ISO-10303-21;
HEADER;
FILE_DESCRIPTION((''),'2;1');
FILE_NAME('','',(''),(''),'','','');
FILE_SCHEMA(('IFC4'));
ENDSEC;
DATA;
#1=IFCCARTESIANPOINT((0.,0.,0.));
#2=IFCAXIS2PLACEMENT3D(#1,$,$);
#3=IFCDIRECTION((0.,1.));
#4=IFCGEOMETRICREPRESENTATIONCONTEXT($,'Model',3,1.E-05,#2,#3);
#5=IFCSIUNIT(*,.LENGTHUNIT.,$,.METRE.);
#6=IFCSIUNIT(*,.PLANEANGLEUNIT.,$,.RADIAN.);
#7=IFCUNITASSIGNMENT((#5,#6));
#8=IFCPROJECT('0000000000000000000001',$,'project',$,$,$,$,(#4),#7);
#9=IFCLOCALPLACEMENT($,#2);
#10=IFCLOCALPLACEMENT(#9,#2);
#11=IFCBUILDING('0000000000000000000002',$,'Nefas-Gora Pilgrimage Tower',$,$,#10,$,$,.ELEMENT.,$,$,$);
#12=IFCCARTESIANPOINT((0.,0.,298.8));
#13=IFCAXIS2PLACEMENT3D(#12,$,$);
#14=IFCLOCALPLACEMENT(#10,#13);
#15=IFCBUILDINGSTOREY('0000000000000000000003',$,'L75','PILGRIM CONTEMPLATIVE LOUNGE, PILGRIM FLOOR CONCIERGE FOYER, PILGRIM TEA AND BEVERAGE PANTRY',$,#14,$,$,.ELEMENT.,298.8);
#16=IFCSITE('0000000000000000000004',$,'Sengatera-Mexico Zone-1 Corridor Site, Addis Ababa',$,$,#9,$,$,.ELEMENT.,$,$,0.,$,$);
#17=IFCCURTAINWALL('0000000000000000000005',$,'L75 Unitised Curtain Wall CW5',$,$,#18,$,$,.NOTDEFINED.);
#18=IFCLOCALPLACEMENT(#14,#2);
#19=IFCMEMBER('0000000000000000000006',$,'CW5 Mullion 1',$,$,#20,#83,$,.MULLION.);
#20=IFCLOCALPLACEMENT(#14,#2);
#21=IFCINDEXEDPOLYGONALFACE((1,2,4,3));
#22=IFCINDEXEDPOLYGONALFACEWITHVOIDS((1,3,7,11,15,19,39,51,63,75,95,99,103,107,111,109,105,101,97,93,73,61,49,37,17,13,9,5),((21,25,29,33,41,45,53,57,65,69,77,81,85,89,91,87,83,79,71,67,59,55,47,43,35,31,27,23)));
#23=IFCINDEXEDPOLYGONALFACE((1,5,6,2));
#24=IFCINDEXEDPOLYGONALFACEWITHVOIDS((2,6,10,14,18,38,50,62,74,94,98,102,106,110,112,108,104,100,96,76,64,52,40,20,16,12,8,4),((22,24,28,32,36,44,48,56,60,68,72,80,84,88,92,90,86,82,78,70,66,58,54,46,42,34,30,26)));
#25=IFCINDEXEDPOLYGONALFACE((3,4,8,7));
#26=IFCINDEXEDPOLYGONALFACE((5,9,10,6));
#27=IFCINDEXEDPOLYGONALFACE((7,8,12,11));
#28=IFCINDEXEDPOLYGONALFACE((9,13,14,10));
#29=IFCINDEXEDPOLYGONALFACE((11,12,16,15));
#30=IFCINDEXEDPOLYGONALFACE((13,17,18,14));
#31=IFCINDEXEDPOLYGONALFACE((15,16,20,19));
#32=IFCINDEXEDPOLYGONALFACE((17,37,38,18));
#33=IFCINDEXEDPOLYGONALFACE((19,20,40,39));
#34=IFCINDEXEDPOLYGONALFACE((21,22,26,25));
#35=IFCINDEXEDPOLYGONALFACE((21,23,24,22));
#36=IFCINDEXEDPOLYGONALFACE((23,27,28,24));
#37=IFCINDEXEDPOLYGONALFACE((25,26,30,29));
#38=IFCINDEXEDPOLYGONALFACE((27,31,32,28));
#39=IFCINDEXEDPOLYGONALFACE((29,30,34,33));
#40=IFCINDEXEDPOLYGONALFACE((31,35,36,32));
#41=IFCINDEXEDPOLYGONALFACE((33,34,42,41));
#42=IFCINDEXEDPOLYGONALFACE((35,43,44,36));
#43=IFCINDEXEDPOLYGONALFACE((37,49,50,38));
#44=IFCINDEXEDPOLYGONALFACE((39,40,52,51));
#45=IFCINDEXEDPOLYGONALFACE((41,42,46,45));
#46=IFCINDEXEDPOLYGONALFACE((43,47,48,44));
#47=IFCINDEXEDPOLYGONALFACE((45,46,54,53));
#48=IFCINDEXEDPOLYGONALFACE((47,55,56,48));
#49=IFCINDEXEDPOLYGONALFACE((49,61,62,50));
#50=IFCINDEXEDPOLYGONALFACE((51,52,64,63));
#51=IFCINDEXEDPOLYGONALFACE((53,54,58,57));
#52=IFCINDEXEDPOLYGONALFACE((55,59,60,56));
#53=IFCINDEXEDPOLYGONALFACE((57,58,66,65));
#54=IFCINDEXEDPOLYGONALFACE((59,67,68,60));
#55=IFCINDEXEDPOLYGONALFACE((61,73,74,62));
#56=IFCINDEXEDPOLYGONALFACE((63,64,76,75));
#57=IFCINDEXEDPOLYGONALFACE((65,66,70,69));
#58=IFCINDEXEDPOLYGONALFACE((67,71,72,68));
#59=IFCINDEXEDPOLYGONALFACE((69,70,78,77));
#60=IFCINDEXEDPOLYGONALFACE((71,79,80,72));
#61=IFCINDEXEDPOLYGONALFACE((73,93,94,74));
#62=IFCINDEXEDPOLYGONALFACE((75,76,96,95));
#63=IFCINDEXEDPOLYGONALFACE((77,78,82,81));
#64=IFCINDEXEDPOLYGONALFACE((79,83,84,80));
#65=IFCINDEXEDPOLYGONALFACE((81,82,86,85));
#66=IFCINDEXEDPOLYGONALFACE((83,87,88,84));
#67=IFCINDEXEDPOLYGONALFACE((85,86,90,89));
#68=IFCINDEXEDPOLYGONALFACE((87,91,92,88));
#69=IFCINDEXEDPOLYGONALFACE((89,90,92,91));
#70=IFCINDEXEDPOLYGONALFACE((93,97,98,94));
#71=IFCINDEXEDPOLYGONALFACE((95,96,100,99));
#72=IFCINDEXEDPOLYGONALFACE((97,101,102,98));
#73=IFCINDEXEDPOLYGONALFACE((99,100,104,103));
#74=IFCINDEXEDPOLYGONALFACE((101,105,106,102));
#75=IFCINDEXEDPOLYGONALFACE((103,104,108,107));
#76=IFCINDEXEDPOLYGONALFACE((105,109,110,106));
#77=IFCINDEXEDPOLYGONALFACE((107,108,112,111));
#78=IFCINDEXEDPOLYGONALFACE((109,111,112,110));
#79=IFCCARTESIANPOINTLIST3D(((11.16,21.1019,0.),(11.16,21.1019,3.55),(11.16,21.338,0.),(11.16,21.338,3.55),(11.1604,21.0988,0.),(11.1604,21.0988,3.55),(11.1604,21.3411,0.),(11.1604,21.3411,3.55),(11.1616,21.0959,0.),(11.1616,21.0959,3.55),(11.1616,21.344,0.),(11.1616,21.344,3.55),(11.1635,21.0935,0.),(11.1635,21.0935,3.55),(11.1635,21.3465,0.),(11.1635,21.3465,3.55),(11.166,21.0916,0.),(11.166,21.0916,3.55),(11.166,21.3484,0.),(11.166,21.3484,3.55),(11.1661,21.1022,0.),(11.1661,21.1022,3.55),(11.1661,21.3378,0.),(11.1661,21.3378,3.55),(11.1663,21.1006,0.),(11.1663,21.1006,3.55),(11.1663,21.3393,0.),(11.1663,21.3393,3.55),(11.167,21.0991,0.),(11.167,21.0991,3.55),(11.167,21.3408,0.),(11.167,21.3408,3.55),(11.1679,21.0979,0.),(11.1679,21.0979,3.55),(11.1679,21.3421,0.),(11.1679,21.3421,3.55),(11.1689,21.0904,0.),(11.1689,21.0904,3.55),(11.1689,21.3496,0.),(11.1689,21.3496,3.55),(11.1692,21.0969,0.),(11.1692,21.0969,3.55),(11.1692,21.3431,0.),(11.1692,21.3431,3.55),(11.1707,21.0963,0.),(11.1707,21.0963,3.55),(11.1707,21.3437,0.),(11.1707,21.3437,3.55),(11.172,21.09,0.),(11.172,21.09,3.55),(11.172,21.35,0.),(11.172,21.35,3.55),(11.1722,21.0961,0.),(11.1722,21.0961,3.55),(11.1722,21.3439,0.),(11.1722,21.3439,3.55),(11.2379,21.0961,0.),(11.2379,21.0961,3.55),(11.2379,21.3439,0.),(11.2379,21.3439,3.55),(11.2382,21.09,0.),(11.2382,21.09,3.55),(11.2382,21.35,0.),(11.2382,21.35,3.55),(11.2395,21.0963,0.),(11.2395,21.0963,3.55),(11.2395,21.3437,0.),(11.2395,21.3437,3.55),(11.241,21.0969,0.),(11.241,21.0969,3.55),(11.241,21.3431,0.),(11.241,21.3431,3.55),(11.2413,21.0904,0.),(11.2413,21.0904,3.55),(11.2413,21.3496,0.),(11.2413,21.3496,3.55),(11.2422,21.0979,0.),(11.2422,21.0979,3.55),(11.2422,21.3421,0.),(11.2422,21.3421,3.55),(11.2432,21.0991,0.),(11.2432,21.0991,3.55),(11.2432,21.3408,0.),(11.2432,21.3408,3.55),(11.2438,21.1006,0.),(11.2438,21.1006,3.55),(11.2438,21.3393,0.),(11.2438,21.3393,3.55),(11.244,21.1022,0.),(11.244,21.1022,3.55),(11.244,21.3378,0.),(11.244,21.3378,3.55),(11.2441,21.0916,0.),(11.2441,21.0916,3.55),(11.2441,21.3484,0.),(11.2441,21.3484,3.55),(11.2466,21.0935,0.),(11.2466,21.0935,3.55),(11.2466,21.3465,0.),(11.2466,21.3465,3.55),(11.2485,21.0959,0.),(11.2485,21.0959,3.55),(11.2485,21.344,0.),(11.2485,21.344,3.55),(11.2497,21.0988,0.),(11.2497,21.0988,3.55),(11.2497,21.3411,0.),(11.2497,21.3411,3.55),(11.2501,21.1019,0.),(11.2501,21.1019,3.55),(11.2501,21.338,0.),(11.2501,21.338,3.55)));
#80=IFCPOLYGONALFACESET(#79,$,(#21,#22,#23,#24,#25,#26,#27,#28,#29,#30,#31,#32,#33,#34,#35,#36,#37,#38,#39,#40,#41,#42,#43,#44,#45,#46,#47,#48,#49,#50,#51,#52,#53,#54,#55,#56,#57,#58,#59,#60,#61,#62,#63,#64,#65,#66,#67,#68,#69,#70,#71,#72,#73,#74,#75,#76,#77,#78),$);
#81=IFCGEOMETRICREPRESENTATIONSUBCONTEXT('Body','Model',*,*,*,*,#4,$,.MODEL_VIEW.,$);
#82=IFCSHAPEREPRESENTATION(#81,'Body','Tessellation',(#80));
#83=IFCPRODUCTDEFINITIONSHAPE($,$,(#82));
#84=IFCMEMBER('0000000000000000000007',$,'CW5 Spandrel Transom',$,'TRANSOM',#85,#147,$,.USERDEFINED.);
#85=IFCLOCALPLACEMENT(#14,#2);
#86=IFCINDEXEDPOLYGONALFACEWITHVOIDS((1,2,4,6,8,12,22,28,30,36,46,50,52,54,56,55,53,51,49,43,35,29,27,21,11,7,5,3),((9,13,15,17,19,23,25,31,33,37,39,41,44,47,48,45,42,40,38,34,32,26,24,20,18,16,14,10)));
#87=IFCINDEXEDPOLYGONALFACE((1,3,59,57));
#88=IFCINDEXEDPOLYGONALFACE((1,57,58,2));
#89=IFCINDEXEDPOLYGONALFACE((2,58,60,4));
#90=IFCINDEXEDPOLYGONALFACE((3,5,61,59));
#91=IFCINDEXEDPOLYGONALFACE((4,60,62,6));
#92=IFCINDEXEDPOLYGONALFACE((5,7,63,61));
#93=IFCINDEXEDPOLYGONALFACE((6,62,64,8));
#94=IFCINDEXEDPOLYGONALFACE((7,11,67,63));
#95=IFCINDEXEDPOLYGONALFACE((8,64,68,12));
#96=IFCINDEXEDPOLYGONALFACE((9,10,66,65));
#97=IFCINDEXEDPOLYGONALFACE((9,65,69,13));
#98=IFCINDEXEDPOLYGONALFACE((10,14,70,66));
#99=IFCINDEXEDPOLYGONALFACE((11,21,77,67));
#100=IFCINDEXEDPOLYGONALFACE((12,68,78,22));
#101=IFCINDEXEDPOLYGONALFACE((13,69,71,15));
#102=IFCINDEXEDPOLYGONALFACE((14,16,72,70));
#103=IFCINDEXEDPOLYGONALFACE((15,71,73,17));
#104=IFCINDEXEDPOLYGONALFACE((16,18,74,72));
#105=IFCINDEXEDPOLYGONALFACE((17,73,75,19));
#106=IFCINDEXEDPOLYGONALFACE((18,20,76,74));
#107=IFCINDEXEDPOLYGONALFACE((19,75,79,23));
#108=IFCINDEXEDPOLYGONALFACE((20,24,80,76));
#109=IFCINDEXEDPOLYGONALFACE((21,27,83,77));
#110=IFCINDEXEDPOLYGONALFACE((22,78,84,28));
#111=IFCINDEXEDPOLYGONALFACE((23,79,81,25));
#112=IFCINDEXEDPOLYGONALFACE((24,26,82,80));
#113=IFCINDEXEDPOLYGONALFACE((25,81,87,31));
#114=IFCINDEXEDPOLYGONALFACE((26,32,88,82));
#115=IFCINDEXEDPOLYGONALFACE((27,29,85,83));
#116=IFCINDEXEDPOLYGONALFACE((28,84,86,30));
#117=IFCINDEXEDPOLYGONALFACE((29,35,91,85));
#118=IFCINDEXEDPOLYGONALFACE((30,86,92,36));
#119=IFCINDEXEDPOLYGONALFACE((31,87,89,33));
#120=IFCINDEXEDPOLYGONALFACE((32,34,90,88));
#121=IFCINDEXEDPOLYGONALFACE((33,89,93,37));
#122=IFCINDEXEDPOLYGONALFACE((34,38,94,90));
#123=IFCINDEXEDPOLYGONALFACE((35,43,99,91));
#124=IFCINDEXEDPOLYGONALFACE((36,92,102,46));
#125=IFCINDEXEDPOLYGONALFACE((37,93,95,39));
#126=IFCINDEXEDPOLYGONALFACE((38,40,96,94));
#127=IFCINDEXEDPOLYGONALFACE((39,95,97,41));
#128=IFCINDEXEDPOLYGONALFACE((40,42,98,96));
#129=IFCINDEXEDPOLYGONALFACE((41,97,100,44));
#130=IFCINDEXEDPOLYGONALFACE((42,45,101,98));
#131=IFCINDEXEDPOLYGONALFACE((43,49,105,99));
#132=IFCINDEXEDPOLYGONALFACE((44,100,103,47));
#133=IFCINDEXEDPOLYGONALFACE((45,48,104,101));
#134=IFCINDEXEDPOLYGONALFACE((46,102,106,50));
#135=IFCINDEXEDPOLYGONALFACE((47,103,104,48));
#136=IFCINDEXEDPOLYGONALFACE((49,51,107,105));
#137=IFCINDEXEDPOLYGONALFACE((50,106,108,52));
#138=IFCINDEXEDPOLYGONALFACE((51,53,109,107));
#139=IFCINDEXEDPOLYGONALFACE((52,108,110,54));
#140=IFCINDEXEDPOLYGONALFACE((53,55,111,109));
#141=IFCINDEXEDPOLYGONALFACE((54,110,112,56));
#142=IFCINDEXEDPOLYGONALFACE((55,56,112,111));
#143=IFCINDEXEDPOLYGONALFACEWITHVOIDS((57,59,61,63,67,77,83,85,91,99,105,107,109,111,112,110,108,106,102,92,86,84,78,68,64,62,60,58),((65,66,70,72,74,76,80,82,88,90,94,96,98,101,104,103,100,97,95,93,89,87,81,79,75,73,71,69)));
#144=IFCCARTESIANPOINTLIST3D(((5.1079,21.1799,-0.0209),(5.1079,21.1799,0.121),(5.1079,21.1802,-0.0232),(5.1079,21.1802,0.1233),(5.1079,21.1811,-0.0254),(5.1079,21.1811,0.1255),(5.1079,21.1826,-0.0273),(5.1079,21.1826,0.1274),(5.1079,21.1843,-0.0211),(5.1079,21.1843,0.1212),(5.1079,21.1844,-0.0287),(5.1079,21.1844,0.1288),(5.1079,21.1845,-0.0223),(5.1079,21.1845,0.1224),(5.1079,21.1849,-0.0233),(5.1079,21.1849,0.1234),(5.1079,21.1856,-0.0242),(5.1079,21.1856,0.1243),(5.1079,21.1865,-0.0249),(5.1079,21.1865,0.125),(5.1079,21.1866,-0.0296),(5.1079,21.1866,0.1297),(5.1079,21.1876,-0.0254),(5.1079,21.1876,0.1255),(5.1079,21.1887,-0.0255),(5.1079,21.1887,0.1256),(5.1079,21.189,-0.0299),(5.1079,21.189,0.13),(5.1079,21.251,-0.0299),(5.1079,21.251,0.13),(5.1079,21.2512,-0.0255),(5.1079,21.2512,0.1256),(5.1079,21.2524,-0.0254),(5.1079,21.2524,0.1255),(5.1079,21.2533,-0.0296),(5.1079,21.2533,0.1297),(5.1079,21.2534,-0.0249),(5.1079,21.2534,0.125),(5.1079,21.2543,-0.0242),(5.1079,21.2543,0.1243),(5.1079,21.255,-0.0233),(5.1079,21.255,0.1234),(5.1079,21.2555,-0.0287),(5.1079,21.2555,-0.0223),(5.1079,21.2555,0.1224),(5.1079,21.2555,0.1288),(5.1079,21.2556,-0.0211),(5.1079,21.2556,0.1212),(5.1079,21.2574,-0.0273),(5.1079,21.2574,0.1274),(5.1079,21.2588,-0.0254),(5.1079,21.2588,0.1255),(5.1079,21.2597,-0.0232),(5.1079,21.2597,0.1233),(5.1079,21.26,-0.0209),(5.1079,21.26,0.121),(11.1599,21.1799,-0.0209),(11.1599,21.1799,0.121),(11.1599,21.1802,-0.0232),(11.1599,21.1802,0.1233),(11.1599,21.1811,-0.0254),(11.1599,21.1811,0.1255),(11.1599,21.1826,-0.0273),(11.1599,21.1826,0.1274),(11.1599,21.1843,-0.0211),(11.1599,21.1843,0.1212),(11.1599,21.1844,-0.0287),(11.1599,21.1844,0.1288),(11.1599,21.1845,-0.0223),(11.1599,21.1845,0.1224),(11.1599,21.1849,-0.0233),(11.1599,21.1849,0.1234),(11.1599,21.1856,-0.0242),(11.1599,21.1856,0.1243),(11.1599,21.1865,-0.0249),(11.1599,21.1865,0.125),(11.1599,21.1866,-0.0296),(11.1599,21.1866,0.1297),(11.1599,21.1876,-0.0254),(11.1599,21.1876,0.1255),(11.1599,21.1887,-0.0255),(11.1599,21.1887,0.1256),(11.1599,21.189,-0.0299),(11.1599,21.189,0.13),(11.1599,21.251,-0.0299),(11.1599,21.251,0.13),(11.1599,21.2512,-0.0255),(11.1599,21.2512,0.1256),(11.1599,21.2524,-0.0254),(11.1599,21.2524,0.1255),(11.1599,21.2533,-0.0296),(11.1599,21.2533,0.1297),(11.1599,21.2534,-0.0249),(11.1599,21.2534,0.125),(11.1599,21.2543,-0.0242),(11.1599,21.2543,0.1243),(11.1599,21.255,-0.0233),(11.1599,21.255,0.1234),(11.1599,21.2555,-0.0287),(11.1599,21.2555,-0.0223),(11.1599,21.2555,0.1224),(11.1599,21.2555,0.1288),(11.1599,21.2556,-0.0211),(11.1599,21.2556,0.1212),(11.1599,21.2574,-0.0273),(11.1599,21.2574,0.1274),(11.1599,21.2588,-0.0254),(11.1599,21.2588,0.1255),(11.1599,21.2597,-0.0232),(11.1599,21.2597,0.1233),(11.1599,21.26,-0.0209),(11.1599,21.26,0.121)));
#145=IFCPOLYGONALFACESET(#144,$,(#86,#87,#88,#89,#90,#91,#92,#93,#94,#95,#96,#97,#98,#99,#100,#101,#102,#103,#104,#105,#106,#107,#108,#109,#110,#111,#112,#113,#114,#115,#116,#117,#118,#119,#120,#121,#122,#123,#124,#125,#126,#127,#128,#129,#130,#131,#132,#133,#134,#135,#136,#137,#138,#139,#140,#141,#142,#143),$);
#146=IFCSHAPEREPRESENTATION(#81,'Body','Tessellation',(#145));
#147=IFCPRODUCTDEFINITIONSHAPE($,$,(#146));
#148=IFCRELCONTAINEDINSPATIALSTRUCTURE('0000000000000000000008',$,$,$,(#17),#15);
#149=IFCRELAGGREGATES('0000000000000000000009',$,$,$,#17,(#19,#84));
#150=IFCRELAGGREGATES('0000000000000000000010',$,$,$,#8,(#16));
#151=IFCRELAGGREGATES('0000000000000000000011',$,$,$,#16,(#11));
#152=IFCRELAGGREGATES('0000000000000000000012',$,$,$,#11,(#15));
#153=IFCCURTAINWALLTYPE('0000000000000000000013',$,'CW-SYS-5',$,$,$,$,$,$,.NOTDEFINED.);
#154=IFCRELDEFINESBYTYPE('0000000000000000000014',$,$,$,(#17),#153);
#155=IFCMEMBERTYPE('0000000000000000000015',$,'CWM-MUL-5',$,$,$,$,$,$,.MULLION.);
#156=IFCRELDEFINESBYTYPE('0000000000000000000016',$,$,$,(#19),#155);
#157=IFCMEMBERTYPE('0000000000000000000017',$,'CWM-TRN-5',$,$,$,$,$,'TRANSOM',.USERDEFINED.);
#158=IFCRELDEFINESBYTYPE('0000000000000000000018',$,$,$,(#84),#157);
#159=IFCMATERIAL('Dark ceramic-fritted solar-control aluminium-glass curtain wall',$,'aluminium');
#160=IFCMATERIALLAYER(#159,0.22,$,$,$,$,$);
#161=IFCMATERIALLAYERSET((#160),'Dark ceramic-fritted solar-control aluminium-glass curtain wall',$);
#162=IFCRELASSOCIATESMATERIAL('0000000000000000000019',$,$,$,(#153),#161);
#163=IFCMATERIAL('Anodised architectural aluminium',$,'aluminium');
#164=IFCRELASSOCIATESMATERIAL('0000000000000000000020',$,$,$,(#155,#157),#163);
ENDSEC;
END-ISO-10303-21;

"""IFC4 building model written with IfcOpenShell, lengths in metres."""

from ifc_helpers import new_model, si_unit, direction, frame, origin, origin_2d, place, context, subcontext, project, spatial, hollow_rectangle, extrude, source, transform, mapped, material, layer, layer_set, material_profile, profile_set, type_object, element, aggregate, save


model = new_model("IFC4")

# Units and contexts
model_context = context("Model", 3, precision=1e-05, world=origin(), true_north=direction((0.0, 1.0)))
body_context = subcontext(model_context, "Body", "Model", "MODEL_VIEW")
ifc_project = project(units=[si_unit("LENGTHUNIT", "METRE"), si_unit("PLANEANGLEUNIT", "RADIAN")], contexts=[model_context])

# Site, building, storey
site_placement = place(None, origin())
site = spatial("IfcSite", under=ifc_project, at=site_placement, Name="Sengatera-Mexico Zone-1 Corridor Site, Addis Ababa", CompositionType="ELEMENT", RefElevation=0.0)
building_placement = place(site_placement, origin())
building = spatial("IfcBuilding", under=site, at=building_placement, Name="Nefas-Gora Pilgrimage Tower", CompositionType="ELEMENT")
storey_placement = place(building_placement, frame((0.0, 0.0, 298.8)))
storey = spatial("IfcBuildingStorey", under=building, at=storey_placement, Name="L75", Description="PILGRIM CONTEMPLATIVE LOUNGE, PILGRIM FLOOR CONCIERGE FOYER, PILGRIM TEA AND BEVERAGE PANTRY", CompositionType="ELEMENT", Elevation=298.8)

# Curtain wall, members
ifc_material_1 = material(Name="Dark ceramic-fritted solar-control aluminium-glass curtain wall", Category="aluminium")
ifc_layer_1 = layer(ifc_material_1, 0.22)
ifc_layer_set_1 = layer_set([ifc_layer_1], Name="Dark ceramic-fritted solar-control aluminium-glass curtain wall")
curtain_wall_type_1 = type_object("IfcCurtainWallType", Name="CW-SYS-5", PredefinedType="NOTDEFINED", material=ifc_layer_set_1)
curtain_wall_1_placement = place(storey_placement, origin())
curtain_wall_1 = element("IfcCurtainWall", 1, at=curtain_wall_1_placement, inside=storey, type_object=curtain_wall_type_1, Name="L75 Unitised Curtain Wall CW5", PredefinedType="NOTDEFINED")
ifc_material_2 = material(Name="Anodised architectural aluminium", Category="aluminium")
ifc_material_profile_1 = material_profile(ifc_material_2, hollow_rectangle(XDim=0.0901, YDim=0.26, WallThickness=0.0061, InnerFilletRadius=0.0061, OuterFilletRadius=0.012, at=origin_2d()), Name="ALU MULLION 90x260")
ifc_profile_set_1 = profile_set([ifc_material_profile_1], Name="Anodised architectural aluminium")
member_type_1 = type_object("IfcMemberType", Name="CWM-MUL-5", PredefinedType="MULLION", material=ifc_profile_set_1)
shared_shape_1 = source(origin(), body_context, "Body", "SweptSolid", [
    extrude(hollow_rectangle(XDim=0.0901, YDim=0.26, WallThickness=0.0061, InnerFilletRadius=0.0061, OuterFilletRadius=0.012, at=origin_2d()), origin(), (0.0, 0.0, 1.0), 3.55),
])
member_1_placement = place(storey_placement, frame((11.2051, 21.22, 0.0), z_axis=(0.0, 0.0, 1.0), x_axis=(-1.0, 0.0, 0.0)))
member_1 = element("IfcMember", 2, at=member_1_placement, type_object=member_type_1, Name="CW5 Mullion 1", PredefinedType="MULLION", context=body_context, shape_type="MappedRepresentation", body=[
    mapped(shared_shape_1, transform((0.0, 0.0, 0.0), x_axis=(1.0, 0.0, 0.0), y_axis=(0.0, 1.0, 0.0), z_axis=(0.0, 0.0, 1.0), scale=1.0)),
])
ifc_material_profile_2 = material_profile(ifc_material_2, hollow_rectangle(XDim=0.0801, YDim=0.1599, WallThickness=0.0044, InnerFilletRadius=0.0044, OuterFilletRadius=0.009, at=origin_2d()), Name="ALU TRANSOM 80x160")
ifc_profile_set_2 = profile_set([ifc_material_profile_2], Name="Anodised architectural aluminium")
member_type_2 = type_object("IfcMemberType", Name="CWM-TRN-5", ElementType="TRANSOM", PredefinedType="USERDEFINED", material=ifc_profile_set_2)
shared_shape_2 = source(origin(), body_context, "Body", "SweptSolid", [
    extrude(hollow_rectangle(XDim=0.0801, YDim=0.1599, WallThickness=0.0044, InnerFilletRadius=0.0044, OuterFilletRadius=0.009, at=origin_2d()), origin(), (0.0, 0.0, 1.0), 6.052),
])
member_2_placement = place(storey_placement, frame((11.1599, 21.22, 0.05), z_axis=(-1.0, 0.0, 0.0), x_axis=(0.0, -1.0, 0.0)))
member_2 = element("IfcMember", 3, at=member_2_placement, type_object=member_type_2, Name="CW5 Spandrel Transom", ObjectType="TRANSOM", PredefinedType="USERDEFINED", context=body_context, shape_type="MappedRepresentation", body=[
    mapped(shared_shape_2, transform((0.0, 0.0, 0.0), x_axis=(1.0, 0.0, 0.0), y_axis=(0.0, 1.0, 0.0), z_axis=(0.0, 0.0, 1.0), scale=1.0)),
])

aggregate(curtain_wall_1, [member_1, member_2])

save(model, "model.ifc")
